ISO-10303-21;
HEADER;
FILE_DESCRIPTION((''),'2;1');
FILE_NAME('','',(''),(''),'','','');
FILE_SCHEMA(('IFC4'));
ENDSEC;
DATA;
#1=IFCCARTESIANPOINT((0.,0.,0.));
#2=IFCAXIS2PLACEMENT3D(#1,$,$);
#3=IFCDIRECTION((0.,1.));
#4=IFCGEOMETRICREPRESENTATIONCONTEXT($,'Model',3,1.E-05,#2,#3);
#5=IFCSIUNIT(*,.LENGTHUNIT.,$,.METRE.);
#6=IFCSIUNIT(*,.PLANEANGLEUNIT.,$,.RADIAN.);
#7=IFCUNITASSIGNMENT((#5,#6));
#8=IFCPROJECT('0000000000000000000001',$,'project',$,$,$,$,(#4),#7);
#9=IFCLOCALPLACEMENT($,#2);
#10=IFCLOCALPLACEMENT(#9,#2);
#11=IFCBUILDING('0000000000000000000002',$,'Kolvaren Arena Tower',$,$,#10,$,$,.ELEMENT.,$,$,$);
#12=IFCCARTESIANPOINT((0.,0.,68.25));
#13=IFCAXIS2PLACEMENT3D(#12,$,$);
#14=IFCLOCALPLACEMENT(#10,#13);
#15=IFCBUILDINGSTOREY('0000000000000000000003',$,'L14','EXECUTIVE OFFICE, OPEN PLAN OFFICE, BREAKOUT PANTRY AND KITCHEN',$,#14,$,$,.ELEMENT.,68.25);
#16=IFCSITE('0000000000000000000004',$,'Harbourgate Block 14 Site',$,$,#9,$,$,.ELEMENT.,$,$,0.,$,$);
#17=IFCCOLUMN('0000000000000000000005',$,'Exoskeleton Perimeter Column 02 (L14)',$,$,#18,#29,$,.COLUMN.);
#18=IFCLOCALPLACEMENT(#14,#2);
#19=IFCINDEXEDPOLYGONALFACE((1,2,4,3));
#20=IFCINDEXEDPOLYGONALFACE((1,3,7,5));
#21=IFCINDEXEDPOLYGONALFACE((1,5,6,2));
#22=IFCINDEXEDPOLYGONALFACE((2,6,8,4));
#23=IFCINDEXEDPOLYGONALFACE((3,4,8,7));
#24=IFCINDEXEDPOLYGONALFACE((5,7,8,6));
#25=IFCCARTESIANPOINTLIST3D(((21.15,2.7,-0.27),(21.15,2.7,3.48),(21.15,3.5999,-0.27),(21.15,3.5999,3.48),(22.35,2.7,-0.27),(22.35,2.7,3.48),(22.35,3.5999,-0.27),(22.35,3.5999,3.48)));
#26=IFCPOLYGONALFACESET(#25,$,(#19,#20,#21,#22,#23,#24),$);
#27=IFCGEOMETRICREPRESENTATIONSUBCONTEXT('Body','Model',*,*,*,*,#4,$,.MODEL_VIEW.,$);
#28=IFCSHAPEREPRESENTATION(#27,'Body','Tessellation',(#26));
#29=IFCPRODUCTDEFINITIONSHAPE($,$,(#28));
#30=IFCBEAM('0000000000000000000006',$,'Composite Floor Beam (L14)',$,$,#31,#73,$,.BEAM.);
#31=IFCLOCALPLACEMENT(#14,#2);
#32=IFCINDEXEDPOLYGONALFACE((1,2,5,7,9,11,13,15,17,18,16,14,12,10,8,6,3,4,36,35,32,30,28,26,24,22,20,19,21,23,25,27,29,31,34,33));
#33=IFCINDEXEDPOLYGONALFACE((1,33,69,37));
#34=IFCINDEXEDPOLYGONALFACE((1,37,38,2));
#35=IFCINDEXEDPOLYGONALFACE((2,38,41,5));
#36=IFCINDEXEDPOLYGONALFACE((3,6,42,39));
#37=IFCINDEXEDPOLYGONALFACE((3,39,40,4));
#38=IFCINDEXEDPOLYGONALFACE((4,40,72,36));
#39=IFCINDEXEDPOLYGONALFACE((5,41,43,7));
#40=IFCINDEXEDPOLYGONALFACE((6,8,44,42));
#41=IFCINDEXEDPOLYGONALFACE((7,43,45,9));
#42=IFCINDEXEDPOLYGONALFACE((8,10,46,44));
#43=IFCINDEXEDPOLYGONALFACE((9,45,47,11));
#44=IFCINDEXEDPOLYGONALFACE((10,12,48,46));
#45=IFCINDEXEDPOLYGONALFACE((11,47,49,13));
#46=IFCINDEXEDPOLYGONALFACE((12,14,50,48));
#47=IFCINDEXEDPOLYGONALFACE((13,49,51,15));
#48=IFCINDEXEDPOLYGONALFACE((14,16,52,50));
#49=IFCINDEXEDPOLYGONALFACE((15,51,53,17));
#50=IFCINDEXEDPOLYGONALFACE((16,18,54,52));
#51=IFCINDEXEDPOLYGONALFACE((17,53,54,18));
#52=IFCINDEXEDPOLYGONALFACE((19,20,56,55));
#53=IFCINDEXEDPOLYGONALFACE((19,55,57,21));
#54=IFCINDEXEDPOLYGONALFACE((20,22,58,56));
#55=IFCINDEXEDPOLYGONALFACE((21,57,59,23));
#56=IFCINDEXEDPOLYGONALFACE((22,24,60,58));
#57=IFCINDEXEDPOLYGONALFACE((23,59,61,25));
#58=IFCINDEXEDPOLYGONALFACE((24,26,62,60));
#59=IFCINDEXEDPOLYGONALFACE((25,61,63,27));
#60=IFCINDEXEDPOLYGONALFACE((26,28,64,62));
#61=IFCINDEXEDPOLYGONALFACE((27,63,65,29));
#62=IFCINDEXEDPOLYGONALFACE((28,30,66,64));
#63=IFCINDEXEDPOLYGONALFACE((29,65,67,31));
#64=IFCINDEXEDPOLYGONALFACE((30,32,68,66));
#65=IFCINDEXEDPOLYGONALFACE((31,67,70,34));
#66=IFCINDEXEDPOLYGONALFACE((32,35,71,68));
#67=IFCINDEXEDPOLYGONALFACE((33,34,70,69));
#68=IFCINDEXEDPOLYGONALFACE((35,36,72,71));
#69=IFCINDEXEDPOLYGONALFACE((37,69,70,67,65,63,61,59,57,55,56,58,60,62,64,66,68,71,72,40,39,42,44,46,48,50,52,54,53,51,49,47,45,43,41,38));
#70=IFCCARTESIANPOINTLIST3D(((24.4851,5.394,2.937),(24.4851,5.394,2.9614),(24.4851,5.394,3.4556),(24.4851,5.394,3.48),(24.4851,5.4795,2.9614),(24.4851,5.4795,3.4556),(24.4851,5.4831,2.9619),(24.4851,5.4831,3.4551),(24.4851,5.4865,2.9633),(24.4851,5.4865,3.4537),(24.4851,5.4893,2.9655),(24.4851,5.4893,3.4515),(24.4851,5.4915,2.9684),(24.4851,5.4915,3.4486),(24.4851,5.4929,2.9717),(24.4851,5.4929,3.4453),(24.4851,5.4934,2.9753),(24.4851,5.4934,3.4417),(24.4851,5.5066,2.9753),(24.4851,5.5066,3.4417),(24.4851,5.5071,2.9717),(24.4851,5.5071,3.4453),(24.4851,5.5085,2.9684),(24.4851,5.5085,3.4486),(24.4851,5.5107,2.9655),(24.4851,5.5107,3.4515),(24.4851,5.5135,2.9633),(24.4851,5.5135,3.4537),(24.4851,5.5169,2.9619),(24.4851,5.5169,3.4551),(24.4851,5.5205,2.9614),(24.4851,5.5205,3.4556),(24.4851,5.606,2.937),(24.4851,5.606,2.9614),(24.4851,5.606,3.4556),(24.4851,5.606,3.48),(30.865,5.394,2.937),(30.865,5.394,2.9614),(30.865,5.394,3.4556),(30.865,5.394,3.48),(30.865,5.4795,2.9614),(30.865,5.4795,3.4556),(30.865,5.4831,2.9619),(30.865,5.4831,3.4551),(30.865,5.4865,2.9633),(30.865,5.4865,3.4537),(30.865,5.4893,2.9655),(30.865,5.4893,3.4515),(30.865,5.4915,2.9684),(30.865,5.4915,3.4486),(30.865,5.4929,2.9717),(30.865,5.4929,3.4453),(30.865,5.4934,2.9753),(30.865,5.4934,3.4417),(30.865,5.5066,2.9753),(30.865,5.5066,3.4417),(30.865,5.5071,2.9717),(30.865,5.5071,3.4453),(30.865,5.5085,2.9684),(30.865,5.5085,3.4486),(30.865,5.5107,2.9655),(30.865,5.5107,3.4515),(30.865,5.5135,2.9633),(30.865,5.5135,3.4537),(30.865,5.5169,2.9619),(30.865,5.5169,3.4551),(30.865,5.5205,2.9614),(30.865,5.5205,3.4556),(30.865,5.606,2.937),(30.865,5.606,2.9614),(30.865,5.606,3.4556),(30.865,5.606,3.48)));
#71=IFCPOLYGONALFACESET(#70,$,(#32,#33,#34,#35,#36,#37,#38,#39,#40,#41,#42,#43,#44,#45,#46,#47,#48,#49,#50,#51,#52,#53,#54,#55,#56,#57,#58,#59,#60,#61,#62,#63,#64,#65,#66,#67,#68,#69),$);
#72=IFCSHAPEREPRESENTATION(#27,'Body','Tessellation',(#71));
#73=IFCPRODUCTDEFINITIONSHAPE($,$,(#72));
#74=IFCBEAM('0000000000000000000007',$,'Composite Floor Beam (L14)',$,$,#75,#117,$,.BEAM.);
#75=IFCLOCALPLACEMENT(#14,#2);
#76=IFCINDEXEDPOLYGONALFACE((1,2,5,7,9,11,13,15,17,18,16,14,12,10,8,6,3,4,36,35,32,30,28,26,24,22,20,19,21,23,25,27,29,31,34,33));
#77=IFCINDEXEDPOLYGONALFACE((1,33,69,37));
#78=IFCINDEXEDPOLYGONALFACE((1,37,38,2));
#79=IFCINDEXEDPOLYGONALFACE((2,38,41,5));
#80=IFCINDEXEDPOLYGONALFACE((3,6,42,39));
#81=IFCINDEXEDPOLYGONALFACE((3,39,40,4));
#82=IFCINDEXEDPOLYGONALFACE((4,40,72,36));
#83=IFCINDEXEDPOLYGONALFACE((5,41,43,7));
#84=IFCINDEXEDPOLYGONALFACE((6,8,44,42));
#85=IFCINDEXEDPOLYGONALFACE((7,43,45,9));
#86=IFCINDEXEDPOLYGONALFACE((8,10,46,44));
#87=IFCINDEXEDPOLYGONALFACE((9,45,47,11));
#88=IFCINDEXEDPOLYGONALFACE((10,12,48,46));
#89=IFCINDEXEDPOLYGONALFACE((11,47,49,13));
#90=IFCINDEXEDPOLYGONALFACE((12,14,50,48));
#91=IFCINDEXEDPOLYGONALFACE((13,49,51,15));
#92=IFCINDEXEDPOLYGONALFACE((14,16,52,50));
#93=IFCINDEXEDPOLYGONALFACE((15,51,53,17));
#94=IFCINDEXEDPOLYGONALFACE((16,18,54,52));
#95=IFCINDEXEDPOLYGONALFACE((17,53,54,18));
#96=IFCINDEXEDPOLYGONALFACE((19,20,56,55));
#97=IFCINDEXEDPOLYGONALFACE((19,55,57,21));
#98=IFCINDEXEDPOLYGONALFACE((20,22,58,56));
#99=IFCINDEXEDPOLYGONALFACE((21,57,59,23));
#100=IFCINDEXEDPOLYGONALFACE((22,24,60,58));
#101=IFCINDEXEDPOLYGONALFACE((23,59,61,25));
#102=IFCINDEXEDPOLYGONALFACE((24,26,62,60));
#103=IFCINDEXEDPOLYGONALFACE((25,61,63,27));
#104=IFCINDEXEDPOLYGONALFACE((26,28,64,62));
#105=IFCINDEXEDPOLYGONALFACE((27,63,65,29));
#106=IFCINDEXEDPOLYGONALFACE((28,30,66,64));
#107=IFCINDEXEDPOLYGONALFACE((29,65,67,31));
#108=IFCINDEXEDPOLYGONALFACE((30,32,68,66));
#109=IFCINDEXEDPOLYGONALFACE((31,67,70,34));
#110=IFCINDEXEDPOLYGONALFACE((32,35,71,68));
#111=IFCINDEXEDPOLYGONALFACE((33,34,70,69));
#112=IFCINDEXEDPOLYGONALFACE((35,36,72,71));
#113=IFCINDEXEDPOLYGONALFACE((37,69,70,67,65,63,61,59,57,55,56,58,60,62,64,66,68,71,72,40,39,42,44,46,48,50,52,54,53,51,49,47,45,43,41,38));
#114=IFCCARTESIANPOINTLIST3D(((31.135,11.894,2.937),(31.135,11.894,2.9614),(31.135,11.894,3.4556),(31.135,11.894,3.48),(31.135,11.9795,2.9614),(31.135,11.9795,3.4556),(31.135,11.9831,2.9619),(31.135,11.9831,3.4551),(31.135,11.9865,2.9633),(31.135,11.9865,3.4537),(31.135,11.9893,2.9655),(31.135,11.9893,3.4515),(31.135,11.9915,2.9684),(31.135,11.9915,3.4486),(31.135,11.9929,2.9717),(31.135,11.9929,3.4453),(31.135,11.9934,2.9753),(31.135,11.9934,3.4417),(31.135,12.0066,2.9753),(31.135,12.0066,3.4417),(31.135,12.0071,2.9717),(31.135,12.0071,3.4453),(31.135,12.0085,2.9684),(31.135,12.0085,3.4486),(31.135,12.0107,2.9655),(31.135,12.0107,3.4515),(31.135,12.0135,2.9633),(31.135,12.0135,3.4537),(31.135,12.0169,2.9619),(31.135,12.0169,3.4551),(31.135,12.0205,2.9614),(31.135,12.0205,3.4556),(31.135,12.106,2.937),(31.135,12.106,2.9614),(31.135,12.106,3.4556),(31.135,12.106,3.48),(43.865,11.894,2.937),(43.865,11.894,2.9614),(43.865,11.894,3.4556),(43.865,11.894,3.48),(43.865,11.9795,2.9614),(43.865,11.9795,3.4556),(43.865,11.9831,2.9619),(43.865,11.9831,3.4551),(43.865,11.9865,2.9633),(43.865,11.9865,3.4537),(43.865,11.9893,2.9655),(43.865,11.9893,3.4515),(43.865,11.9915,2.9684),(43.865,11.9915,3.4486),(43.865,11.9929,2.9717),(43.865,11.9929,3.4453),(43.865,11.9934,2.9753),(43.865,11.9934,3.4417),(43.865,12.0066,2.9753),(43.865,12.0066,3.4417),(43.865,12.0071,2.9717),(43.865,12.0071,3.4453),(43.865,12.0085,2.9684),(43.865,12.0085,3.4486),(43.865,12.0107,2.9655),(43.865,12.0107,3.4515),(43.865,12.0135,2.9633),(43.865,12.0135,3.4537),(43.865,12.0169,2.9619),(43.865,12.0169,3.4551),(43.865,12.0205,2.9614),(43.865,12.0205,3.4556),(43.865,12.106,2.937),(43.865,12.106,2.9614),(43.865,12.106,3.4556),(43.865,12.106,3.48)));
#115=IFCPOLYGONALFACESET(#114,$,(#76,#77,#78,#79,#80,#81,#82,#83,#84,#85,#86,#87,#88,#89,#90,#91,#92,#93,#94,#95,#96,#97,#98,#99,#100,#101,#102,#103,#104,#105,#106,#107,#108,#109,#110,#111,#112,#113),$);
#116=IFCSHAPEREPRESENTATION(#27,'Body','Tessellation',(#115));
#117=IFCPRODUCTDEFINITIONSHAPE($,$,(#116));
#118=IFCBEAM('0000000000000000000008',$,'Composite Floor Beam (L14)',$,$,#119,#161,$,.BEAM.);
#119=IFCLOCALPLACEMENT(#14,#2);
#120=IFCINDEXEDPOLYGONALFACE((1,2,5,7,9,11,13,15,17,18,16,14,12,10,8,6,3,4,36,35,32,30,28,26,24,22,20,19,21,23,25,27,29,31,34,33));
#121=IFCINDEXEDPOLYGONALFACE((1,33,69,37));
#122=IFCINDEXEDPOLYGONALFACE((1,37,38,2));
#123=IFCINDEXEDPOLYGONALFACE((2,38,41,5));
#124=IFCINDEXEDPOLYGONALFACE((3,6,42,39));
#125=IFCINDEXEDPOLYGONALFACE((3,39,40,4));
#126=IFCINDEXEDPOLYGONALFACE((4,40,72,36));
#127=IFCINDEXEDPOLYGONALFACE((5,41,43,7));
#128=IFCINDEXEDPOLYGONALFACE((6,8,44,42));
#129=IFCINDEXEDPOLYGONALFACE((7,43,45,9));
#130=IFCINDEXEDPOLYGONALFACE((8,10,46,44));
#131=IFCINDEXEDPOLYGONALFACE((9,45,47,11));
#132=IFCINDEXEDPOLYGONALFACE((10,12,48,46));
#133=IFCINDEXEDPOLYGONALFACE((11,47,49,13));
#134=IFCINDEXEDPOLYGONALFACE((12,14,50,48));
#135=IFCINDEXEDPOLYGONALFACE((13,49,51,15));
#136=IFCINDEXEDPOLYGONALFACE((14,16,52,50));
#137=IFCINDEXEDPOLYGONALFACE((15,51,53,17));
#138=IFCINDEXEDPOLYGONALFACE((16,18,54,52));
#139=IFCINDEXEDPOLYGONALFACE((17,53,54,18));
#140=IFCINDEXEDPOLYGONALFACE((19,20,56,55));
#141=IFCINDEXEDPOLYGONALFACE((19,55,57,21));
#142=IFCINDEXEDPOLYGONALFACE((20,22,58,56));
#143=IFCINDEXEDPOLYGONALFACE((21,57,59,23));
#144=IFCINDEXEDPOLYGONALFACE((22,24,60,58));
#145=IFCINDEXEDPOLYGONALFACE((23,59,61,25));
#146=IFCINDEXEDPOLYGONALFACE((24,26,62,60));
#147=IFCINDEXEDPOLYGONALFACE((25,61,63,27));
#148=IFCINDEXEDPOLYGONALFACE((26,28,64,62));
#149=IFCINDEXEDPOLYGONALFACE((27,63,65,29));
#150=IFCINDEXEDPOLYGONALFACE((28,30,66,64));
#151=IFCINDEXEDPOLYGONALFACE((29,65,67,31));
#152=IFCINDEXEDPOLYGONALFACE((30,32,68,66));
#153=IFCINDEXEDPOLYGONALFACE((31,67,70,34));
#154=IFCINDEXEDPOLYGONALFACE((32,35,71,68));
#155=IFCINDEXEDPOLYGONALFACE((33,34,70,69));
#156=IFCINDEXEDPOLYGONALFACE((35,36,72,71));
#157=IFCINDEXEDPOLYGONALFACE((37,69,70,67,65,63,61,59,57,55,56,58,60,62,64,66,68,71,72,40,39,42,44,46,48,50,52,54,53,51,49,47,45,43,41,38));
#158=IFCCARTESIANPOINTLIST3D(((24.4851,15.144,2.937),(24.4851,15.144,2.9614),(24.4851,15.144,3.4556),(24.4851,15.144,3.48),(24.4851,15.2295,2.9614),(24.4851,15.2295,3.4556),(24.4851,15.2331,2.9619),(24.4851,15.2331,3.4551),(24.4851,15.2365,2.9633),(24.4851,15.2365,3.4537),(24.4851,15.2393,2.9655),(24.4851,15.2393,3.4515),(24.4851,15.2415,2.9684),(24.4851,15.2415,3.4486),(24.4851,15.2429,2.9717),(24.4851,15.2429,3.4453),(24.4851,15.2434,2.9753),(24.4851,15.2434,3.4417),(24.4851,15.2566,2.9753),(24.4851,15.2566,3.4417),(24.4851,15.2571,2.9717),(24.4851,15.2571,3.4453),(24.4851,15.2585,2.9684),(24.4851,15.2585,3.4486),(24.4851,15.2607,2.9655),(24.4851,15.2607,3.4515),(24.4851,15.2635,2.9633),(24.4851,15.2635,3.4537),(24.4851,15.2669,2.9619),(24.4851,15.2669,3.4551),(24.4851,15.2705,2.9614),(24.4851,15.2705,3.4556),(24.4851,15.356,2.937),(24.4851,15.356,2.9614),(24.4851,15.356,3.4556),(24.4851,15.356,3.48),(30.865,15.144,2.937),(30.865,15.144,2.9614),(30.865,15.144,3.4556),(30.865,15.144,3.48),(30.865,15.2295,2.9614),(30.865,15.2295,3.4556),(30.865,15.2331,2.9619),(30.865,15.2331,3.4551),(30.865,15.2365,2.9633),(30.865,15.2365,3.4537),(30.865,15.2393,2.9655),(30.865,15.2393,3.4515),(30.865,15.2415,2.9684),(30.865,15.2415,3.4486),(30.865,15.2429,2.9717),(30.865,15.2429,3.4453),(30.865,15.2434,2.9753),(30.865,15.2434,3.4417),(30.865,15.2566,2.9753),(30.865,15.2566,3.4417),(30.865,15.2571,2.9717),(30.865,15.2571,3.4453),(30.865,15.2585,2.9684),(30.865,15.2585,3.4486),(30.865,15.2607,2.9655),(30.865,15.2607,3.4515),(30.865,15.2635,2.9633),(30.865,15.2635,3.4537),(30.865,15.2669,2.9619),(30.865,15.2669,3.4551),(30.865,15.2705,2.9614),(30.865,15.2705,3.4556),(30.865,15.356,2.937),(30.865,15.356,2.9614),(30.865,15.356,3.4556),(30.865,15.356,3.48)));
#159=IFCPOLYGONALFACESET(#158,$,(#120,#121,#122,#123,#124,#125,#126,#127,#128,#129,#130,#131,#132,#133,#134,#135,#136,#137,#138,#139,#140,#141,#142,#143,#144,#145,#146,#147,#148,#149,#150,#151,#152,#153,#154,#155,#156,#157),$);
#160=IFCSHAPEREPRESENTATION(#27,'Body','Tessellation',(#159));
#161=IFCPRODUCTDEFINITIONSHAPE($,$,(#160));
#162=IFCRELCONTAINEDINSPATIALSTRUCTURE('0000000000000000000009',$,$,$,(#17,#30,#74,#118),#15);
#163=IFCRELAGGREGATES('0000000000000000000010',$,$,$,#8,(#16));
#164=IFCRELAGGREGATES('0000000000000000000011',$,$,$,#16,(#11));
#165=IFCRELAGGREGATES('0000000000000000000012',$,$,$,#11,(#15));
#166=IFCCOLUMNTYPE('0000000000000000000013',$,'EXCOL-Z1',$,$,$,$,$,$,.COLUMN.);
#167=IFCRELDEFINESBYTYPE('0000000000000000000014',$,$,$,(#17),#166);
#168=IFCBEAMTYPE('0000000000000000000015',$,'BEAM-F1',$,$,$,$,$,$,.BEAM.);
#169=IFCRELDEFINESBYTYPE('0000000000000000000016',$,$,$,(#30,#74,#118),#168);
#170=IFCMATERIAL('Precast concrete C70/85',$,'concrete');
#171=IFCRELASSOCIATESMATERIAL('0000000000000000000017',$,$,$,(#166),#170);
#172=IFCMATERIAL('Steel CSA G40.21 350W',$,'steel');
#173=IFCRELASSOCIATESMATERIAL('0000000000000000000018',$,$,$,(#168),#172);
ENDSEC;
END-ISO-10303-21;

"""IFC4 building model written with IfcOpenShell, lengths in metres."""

from ifc_helpers import new_model, si_unit, direction, frame, origin, origin_2d, place, context, subcontext, project, spatial, rectangle, i_section, extrude, material, material_profile, profile_set, type_object, element, save


model = new_model("IFC4")

# Units and contexts
model_context = context("Model", 3, precision=1e-05, world=origin(), true_north=direction((0.0, 1.0)))
body_context = subcontext(model_context, "Body", "Model", "MODEL_VIEW")
ifc_project = project(units=[si_unit("LENGTHUNIT", "METRE"), si_unit("PLANEANGLEUNIT", "RADIAN")], contexts=[model_context])

# Site, building, storey
site_placement = place(None, origin())
site = spatial("IfcSite", under=ifc_project, at=site_placement, Name="Harbourgate Block 14 Site", CompositionType="ELEMENT", RefElevation=0.0)
building_placement = place(site_placement, origin())
building = spatial("IfcBuilding", under=site, at=building_placement, Name="Kolvaren Arena Tower", CompositionType="ELEMENT")
storey_placement = place(building_placement, frame((0.0, 0.0, 68.25)))
storey = spatial("IfcBuildingStorey", under=building, at=storey_placement, Name="L14", Description="EXECUTIVE OFFICE, OPEN PLAN OFFICE, BREAKOUT PANTRY AND KITCHEN", CompositionType="ELEMENT", Elevation=68.25)

# Column
ifc_material_1 = material(Name="Precast concrete C70/85", Category="concrete")
ifc_material_profile_1 = material_profile(ifc_material_1, rectangle(XDim=1.2, YDim=0.8999, at=origin_2d()), Name="RC-1200x900")
ifc_profile_set_1 = profile_set([ifc_material_profile_1], Name="Precast concrete C70/85")
column_type = type_object("IfcColumnType", Name="EXCOL-Z1", PredefinedType="COLUMN", material=ifc_profile_set_1)
column_placement = place(storey_placement, frame((21.75, 3.1499, -0.27), z_axis=(0.0, 0.0, 1.0), x_axis=(1.0, 0.0, 0.0)))
element("IfcColumn", 1, at=column_placement, inside=storey, type_object=column_type, Name="Exoskeleton Perimeter Column 02 (L14)", PredefinedType="COLUMN", context=body_context, shape_type="SweptSolid", body=[
    extrude(rectangle(XDim=1.2, YDim=0.8999, at=origin_2d()), origin(), (0.0, 0.0, 1.0), 3.75),
])

# Beams
ifc_material_2 = material(Name="Steel CSA G40.21 350W", Category="steel")
ifc_material_profile_2 = material_profile(ifc_material_2, i_section(OverallWidth=0.2119, OverallDepth=0.543, WebThickness=0.0132, FlangeThickness=0.0244, FilletRadius=0.0139, at=origin_2d()), Name="W530x150")
ifc_profile_set_2 = profile_set([ifc_material_profile_2], Name="Steel CSA G40.21 350W")
beam_type_1 = type_object("IfcBeamType", Name="BEAM-F1", PredefinedType="BEAM", material=ifc_profile_set_2)
beam_1_placement = place(storey_placement, frame((24.4851, 5.5, 3.2085), z_axis=(1.0, 0.0, 0.0), x_axis=(0.0, 1.0, 0.0)))
element("IfcBeam", 2, at=beam_1_placement, inside=storey, type_object=beam_type_1, Name="Composite Floor Beam (L14)", PredefinedType="BEAM", context=body_context, shape_type="SweptSolid", body=[
    extrude(i_section(OverallWidth=0.2119, OverallDepth=0.543, WebThickness=0.0132, FlangeThickness=0.0244, FilletRadius=0.0139, at=origin_2d()), origin(), (0.0, 0.0, 1.0), 6.3799),
])
beam_2_placement = place(storey_placement, frame((31.135, 12.0, 3.2085), z_axis=(1.0, 0.0, 0.0), x_axis=(0.0, 1.0, 0.0)))
element("IfcBeam", 3, at=beam_2_placement, inside=storey, type_object=beam_type_1, Name="Composite Floor Beam (L14)", PredefinedType="BEAM", context=body_context, shape_type="SweptSolid", body=[
    extrude(i_section(OverallWidth=0.2119, OverallDepth=0.543, WebThickness=0.0132, FlangeThickness=0.0244, FilletRadius=0.0139, at=origin_2d()), origin(), (0.0, 0.0, 1.0), 12.73),
])
beam_3_placement = place(storey_placement, frame((24.4851, 15.25, 3.2085), z_axis=(1.0, 0.0, 0.0), x_axis=(0.0, 1.0, 0.0)))
element("IfcBeam", 4, at=beam_3_placement, inside=storey, type_object=beam_type_1, Name="Composite Floor Beam (L14)", PredefinedType="BEAM", context=body_context, shape_type="SweptSolid", body=[
    extrude(i_section(OverallWidth=0.2119, OverallDepth=0.543, WebThickness=0.0132, FlangeThickness=0.0244, FilletRadius=0.0139, at=origin_2d()), origin(), (0.0, 0.0, 1.0), 6.3799),
])

save(model, "model.ifc")
